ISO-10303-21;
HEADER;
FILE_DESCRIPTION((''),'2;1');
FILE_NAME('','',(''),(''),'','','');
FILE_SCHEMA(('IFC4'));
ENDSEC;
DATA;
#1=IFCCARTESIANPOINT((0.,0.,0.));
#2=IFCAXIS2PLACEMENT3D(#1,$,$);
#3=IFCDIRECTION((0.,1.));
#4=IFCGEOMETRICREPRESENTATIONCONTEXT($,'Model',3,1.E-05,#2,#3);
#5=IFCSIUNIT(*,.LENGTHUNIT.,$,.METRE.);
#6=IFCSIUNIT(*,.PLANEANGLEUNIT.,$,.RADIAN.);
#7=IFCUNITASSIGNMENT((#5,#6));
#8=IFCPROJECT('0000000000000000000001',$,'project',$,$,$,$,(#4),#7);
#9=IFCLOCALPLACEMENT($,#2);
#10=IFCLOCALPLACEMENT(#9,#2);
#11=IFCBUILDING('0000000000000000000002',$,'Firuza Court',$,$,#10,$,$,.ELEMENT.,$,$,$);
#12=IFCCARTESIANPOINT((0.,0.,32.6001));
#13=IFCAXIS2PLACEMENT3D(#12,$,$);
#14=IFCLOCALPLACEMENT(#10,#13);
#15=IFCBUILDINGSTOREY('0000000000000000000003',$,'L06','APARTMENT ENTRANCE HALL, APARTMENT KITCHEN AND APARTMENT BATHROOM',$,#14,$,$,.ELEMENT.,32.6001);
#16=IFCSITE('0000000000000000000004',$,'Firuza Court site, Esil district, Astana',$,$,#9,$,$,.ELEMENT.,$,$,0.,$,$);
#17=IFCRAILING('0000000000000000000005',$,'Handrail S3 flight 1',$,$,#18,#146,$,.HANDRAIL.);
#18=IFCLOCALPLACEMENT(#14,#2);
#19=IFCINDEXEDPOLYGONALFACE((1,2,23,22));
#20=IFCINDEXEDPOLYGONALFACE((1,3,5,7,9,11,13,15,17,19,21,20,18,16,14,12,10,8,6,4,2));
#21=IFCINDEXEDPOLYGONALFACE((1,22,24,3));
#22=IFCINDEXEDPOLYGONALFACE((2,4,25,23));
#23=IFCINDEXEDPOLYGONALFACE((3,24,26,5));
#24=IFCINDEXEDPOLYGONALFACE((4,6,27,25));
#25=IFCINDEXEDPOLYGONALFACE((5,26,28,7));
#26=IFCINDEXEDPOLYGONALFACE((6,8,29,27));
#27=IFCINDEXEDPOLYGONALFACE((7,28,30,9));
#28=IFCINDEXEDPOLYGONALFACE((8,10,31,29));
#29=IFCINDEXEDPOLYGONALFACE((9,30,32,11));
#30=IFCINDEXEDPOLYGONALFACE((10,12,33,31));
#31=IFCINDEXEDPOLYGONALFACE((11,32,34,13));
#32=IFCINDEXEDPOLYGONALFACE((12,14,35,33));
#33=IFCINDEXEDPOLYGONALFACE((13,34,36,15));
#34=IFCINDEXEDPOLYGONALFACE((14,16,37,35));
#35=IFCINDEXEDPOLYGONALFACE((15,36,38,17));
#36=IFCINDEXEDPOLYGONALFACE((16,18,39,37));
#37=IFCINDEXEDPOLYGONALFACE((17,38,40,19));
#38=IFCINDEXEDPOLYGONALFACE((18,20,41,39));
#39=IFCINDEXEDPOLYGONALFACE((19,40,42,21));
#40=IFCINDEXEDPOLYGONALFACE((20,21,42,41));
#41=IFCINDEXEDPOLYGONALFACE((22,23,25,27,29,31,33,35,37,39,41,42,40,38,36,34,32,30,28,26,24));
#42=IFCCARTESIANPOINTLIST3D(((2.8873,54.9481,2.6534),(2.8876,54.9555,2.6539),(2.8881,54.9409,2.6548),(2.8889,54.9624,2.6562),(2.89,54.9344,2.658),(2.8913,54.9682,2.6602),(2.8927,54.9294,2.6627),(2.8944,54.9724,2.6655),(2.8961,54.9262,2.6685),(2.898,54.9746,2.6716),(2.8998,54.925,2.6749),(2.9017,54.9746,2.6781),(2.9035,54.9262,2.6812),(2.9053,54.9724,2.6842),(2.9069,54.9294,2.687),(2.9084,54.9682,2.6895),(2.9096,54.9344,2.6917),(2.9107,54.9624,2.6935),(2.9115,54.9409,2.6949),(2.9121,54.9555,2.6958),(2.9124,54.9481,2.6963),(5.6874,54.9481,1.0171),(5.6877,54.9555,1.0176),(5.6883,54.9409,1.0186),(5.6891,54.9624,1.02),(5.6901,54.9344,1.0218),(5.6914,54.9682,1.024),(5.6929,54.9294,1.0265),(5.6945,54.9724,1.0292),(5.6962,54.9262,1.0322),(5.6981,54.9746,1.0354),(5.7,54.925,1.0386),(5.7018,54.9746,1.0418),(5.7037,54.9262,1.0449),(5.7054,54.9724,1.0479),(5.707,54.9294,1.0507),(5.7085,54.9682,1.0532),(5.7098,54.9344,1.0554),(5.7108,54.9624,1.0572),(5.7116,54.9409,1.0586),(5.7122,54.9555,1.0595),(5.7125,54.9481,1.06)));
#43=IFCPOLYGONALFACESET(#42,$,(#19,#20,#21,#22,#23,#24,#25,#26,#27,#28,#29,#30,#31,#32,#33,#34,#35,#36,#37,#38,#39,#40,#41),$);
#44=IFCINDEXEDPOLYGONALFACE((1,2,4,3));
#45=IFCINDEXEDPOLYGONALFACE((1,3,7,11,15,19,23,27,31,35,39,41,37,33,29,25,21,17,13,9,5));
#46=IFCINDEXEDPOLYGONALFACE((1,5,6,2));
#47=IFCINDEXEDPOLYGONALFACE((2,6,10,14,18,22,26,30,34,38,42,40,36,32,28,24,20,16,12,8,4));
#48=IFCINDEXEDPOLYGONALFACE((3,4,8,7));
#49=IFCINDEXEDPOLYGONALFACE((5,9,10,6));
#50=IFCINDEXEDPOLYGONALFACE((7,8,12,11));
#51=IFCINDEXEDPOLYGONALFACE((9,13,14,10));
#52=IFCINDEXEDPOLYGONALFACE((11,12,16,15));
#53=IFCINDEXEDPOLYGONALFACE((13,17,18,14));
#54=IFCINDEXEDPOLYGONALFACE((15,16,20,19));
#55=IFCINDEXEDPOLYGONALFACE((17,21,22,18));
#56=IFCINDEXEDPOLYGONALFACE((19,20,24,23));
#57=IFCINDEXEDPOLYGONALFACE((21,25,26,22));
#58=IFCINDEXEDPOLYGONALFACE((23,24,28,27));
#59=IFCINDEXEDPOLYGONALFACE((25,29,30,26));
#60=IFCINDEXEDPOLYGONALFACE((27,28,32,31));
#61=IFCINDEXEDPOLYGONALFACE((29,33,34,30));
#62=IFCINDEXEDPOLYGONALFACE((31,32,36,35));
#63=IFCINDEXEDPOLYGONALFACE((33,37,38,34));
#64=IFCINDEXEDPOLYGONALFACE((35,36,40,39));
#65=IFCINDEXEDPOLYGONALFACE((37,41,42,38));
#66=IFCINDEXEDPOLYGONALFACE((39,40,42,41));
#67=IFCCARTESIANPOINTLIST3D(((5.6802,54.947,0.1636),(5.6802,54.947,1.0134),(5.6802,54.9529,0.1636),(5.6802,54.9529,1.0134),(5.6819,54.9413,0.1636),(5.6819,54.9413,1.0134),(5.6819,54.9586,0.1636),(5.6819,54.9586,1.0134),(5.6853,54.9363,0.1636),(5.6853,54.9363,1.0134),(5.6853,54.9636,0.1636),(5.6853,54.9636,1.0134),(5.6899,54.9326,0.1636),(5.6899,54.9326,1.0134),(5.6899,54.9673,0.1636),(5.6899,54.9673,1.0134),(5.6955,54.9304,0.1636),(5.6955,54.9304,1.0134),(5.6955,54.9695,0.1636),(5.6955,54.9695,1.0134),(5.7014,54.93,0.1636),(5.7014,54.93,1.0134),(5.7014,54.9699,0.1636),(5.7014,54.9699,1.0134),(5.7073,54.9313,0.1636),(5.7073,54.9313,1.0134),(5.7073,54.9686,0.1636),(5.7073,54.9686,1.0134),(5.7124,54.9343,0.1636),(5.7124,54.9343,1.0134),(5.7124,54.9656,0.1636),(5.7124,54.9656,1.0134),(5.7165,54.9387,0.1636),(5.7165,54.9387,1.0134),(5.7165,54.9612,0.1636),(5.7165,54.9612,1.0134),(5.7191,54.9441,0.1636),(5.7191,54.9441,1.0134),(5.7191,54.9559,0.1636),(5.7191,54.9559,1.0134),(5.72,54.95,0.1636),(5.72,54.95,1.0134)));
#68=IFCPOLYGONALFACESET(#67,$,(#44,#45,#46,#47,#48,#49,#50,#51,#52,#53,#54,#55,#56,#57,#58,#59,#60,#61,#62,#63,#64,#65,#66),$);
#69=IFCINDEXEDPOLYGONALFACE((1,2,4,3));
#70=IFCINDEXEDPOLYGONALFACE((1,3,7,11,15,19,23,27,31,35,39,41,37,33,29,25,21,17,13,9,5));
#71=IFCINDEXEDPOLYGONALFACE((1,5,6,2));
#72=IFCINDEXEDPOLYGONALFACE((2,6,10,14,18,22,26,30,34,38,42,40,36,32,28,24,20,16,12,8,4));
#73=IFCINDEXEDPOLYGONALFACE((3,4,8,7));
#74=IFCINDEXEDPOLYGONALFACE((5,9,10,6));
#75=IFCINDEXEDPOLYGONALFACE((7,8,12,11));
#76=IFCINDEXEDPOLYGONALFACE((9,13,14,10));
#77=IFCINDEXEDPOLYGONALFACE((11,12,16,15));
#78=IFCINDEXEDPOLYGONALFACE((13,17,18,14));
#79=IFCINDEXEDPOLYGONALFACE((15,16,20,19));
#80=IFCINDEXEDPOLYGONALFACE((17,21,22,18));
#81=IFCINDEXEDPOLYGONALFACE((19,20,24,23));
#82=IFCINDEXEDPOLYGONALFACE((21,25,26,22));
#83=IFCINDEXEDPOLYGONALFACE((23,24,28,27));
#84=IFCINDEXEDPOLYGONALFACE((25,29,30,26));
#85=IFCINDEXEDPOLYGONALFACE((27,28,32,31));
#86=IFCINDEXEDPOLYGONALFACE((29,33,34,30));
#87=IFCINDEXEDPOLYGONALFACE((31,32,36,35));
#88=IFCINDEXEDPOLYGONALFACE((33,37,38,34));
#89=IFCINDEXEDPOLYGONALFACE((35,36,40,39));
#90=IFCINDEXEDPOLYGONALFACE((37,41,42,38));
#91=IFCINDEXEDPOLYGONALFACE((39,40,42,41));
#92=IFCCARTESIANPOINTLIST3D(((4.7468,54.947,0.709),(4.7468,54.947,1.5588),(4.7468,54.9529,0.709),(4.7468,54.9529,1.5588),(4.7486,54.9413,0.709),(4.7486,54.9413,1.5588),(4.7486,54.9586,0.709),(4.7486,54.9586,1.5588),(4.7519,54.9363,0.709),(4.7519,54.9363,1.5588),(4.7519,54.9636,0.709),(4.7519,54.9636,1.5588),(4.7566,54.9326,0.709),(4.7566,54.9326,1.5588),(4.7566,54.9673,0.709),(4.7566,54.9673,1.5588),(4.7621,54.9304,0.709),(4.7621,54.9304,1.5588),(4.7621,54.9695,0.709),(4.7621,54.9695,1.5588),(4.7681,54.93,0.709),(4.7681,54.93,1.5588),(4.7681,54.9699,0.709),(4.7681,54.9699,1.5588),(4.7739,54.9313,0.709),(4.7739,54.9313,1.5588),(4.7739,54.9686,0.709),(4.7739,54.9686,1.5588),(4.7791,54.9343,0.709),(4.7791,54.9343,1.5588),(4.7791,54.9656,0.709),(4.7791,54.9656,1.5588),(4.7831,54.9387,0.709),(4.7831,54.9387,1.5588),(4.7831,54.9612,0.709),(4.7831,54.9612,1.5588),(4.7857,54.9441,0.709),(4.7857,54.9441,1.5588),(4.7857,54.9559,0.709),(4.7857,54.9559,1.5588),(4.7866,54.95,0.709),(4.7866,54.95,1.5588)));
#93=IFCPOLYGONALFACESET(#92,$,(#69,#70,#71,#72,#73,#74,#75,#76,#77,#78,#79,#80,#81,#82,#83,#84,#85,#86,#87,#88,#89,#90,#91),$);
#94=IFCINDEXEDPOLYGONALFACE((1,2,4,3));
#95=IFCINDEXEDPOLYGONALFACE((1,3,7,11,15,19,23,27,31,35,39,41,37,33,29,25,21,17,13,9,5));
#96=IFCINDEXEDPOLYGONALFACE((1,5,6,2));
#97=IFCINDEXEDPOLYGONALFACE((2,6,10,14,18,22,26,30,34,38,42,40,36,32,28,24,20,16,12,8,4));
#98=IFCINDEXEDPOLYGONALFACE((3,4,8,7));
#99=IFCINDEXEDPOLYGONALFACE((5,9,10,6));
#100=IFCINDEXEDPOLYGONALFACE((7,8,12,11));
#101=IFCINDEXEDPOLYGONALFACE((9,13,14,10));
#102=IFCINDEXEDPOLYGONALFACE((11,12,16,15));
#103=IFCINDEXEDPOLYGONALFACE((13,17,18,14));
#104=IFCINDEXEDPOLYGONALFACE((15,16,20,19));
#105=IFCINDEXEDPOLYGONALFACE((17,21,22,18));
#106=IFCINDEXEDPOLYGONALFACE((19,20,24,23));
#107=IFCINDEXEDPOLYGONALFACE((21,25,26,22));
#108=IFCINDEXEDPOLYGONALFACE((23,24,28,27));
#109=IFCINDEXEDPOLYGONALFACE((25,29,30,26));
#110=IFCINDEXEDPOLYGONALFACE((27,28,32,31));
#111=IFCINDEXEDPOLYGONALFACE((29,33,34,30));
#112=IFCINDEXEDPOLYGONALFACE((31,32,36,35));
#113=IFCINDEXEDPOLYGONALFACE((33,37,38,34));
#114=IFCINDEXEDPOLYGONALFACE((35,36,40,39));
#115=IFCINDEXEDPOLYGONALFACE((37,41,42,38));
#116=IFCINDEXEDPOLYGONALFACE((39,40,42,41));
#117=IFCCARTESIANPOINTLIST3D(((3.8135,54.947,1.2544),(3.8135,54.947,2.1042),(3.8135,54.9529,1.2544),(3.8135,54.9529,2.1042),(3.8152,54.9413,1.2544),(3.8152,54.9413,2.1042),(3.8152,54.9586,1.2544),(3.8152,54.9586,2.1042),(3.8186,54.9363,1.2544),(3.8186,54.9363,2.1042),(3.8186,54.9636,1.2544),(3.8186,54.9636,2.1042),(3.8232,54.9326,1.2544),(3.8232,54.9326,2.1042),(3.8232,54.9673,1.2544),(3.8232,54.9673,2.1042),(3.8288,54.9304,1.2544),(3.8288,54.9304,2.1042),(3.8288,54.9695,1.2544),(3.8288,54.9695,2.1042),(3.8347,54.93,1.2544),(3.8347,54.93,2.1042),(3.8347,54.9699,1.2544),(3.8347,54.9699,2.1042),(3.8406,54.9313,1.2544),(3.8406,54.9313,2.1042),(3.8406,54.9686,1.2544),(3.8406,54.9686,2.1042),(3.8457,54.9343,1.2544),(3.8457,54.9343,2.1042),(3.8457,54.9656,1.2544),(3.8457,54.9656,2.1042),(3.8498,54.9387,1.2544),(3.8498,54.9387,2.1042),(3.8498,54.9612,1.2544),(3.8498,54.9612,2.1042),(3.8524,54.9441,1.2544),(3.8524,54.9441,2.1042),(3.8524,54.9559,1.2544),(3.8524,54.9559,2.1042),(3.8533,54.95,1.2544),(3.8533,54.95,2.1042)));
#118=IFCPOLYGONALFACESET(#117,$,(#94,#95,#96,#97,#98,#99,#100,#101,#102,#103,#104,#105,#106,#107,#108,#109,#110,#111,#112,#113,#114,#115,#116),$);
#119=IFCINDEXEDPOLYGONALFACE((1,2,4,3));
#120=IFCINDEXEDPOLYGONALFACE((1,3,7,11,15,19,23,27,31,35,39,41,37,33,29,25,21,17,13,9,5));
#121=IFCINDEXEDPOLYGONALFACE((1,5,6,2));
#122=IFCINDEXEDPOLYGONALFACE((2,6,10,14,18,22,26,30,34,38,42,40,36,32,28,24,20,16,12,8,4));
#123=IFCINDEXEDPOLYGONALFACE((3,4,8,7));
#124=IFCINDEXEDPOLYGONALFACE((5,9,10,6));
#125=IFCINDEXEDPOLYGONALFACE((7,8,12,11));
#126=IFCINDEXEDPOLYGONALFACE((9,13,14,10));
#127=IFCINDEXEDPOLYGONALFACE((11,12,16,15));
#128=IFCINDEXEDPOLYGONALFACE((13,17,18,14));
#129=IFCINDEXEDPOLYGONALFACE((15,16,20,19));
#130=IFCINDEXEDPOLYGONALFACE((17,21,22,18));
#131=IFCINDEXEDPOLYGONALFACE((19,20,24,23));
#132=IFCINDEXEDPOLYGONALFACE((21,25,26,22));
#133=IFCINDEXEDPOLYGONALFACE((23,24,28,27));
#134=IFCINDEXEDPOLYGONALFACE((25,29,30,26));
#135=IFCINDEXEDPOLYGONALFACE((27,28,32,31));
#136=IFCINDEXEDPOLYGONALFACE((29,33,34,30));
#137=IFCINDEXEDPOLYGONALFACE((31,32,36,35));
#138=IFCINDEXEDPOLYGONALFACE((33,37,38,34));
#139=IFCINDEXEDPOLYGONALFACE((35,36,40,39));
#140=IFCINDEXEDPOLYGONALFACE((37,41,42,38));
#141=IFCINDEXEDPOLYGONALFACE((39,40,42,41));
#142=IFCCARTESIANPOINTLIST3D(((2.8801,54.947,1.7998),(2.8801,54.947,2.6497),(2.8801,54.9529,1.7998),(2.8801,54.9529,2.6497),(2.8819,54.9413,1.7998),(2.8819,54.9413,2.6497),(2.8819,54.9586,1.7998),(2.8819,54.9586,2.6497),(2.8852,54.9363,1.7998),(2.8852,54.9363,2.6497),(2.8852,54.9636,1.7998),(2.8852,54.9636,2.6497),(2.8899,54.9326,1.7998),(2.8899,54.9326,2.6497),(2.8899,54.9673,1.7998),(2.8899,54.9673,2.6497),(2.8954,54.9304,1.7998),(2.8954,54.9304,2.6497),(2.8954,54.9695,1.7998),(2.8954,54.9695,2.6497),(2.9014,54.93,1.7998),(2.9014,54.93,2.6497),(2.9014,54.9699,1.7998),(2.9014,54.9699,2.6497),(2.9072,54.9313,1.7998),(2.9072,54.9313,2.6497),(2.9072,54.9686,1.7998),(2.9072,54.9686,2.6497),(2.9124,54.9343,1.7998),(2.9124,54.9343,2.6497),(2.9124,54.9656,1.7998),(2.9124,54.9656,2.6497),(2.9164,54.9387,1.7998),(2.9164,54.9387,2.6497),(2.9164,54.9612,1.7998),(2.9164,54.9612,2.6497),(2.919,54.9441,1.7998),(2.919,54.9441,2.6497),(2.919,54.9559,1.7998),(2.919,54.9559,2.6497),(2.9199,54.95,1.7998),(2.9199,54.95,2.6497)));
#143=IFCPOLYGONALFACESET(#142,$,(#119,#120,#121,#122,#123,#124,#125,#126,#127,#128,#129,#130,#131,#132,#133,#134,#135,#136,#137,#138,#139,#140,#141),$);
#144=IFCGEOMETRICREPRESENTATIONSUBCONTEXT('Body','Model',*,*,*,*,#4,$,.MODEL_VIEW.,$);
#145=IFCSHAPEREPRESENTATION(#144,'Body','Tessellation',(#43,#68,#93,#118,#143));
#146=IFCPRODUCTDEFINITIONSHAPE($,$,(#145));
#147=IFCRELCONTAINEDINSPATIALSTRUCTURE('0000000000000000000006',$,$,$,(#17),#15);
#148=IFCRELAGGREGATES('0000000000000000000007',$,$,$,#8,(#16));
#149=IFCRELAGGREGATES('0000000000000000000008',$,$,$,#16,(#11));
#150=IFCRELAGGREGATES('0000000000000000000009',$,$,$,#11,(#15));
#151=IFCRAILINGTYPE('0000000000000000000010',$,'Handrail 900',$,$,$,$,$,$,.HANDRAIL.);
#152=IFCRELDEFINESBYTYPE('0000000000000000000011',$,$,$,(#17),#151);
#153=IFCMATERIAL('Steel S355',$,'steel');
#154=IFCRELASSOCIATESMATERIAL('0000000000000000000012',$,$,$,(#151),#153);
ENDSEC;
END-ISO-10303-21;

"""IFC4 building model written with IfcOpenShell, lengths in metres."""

from ifc_helpers import new_model, si_unit, direction, frame, origin, origin_2d, place, context, subcontext, project, spatial, circle, extrude, material, type_object, element, save


model = new_model("IFC4")

# Units and contexts
model_context = context("Model", 3, precision=1e-05, world=origin(), true_north=direction((0.0, 1.0)))
body_context = subcontext(model_context, "Body", "Model", "MODEL_VIEW")
ifc_project = project(units=[si_unit("LENGTHUNIT", "METRE"), si_unit("PLANEANGLEUNIT", "RADIAN")], contexts=[model_context])

# Site, building, storey
site_placement = place(None, origin())
site = spatial("IfcSite", under=ifc_project, at=site_placement, Name="Firuza Court site, Esil district, Astana", CompositionType="ELEMENT", RefElevation=0.0)
building_placement = place(site_placement, origin())
building = spatial("IfcBuilding", under=site, at=building_placement, Name="Firuza Court", CompositionType="ELEMENT")
storey_placement = place(building_placement, frame((0.0, 0.0, 32.6001)))
storey = spatial("IfcBuildingStorey", under=building, at=storey_placement, Name="L06", Description="APARTMENT ENTRANCE HALL, APARTMENT KITCHEN AND APARTMENT BATHROOM", CompositionType="ELEMENT", Elevation=32.6001)

# Railing
ifc_material_1 = material(Name="Steel S355", Category="steel")
railing_type_1 = type_object("IfcRailingType", Name="Handrail 900", PredefinedType="HANDRAIL", material=ifc_material_1)
railing_1_placement = place(storey_placement, frame((5.7, 54.95, 0.1636)))
element("IfcRailing", 1, at=railing_1_placement, inside=storey, type_object=railing_type_1, Name="Handrail S3 flight 1", PredefinedType="HANDRAIL", context=body_context, shape_type="SweptSolid", body=[
    extrude(circle(Radius=0.0249, at=origin_2d()), frame((0.0, 0.0, 0.875), z_axis=(-0.863394, 0.0, 0.504531), x_axis=(0.0, -1.0, 0.0)), (0.0, 0.0, 1.0), 3.2432),
    extrude(circle(Radius=0.02, at=origin_2d()), origin(), (0.0, 0.0, 1.0), 0.8499),
    extrude(circle(Radius=0.02, at=origin_2d()), frame((-0.9333, 0.0, 0.5454)), (0.0, 0.0, 1.0), 0.8499),
    extrude(circle(Radius=0.02, at=origin_2d()), frame((-1.8667, 0.0, 1.0908)), (0.0, 0.0, 1.0), 0.8499),
    extrude(circle(Radius=0.02, at=origin_2d()), frame((-2.8, 0.0, 1.6362)), (0.0, 0.0, 1.0), 0.8499),
])

save(model, "model.ifc")
